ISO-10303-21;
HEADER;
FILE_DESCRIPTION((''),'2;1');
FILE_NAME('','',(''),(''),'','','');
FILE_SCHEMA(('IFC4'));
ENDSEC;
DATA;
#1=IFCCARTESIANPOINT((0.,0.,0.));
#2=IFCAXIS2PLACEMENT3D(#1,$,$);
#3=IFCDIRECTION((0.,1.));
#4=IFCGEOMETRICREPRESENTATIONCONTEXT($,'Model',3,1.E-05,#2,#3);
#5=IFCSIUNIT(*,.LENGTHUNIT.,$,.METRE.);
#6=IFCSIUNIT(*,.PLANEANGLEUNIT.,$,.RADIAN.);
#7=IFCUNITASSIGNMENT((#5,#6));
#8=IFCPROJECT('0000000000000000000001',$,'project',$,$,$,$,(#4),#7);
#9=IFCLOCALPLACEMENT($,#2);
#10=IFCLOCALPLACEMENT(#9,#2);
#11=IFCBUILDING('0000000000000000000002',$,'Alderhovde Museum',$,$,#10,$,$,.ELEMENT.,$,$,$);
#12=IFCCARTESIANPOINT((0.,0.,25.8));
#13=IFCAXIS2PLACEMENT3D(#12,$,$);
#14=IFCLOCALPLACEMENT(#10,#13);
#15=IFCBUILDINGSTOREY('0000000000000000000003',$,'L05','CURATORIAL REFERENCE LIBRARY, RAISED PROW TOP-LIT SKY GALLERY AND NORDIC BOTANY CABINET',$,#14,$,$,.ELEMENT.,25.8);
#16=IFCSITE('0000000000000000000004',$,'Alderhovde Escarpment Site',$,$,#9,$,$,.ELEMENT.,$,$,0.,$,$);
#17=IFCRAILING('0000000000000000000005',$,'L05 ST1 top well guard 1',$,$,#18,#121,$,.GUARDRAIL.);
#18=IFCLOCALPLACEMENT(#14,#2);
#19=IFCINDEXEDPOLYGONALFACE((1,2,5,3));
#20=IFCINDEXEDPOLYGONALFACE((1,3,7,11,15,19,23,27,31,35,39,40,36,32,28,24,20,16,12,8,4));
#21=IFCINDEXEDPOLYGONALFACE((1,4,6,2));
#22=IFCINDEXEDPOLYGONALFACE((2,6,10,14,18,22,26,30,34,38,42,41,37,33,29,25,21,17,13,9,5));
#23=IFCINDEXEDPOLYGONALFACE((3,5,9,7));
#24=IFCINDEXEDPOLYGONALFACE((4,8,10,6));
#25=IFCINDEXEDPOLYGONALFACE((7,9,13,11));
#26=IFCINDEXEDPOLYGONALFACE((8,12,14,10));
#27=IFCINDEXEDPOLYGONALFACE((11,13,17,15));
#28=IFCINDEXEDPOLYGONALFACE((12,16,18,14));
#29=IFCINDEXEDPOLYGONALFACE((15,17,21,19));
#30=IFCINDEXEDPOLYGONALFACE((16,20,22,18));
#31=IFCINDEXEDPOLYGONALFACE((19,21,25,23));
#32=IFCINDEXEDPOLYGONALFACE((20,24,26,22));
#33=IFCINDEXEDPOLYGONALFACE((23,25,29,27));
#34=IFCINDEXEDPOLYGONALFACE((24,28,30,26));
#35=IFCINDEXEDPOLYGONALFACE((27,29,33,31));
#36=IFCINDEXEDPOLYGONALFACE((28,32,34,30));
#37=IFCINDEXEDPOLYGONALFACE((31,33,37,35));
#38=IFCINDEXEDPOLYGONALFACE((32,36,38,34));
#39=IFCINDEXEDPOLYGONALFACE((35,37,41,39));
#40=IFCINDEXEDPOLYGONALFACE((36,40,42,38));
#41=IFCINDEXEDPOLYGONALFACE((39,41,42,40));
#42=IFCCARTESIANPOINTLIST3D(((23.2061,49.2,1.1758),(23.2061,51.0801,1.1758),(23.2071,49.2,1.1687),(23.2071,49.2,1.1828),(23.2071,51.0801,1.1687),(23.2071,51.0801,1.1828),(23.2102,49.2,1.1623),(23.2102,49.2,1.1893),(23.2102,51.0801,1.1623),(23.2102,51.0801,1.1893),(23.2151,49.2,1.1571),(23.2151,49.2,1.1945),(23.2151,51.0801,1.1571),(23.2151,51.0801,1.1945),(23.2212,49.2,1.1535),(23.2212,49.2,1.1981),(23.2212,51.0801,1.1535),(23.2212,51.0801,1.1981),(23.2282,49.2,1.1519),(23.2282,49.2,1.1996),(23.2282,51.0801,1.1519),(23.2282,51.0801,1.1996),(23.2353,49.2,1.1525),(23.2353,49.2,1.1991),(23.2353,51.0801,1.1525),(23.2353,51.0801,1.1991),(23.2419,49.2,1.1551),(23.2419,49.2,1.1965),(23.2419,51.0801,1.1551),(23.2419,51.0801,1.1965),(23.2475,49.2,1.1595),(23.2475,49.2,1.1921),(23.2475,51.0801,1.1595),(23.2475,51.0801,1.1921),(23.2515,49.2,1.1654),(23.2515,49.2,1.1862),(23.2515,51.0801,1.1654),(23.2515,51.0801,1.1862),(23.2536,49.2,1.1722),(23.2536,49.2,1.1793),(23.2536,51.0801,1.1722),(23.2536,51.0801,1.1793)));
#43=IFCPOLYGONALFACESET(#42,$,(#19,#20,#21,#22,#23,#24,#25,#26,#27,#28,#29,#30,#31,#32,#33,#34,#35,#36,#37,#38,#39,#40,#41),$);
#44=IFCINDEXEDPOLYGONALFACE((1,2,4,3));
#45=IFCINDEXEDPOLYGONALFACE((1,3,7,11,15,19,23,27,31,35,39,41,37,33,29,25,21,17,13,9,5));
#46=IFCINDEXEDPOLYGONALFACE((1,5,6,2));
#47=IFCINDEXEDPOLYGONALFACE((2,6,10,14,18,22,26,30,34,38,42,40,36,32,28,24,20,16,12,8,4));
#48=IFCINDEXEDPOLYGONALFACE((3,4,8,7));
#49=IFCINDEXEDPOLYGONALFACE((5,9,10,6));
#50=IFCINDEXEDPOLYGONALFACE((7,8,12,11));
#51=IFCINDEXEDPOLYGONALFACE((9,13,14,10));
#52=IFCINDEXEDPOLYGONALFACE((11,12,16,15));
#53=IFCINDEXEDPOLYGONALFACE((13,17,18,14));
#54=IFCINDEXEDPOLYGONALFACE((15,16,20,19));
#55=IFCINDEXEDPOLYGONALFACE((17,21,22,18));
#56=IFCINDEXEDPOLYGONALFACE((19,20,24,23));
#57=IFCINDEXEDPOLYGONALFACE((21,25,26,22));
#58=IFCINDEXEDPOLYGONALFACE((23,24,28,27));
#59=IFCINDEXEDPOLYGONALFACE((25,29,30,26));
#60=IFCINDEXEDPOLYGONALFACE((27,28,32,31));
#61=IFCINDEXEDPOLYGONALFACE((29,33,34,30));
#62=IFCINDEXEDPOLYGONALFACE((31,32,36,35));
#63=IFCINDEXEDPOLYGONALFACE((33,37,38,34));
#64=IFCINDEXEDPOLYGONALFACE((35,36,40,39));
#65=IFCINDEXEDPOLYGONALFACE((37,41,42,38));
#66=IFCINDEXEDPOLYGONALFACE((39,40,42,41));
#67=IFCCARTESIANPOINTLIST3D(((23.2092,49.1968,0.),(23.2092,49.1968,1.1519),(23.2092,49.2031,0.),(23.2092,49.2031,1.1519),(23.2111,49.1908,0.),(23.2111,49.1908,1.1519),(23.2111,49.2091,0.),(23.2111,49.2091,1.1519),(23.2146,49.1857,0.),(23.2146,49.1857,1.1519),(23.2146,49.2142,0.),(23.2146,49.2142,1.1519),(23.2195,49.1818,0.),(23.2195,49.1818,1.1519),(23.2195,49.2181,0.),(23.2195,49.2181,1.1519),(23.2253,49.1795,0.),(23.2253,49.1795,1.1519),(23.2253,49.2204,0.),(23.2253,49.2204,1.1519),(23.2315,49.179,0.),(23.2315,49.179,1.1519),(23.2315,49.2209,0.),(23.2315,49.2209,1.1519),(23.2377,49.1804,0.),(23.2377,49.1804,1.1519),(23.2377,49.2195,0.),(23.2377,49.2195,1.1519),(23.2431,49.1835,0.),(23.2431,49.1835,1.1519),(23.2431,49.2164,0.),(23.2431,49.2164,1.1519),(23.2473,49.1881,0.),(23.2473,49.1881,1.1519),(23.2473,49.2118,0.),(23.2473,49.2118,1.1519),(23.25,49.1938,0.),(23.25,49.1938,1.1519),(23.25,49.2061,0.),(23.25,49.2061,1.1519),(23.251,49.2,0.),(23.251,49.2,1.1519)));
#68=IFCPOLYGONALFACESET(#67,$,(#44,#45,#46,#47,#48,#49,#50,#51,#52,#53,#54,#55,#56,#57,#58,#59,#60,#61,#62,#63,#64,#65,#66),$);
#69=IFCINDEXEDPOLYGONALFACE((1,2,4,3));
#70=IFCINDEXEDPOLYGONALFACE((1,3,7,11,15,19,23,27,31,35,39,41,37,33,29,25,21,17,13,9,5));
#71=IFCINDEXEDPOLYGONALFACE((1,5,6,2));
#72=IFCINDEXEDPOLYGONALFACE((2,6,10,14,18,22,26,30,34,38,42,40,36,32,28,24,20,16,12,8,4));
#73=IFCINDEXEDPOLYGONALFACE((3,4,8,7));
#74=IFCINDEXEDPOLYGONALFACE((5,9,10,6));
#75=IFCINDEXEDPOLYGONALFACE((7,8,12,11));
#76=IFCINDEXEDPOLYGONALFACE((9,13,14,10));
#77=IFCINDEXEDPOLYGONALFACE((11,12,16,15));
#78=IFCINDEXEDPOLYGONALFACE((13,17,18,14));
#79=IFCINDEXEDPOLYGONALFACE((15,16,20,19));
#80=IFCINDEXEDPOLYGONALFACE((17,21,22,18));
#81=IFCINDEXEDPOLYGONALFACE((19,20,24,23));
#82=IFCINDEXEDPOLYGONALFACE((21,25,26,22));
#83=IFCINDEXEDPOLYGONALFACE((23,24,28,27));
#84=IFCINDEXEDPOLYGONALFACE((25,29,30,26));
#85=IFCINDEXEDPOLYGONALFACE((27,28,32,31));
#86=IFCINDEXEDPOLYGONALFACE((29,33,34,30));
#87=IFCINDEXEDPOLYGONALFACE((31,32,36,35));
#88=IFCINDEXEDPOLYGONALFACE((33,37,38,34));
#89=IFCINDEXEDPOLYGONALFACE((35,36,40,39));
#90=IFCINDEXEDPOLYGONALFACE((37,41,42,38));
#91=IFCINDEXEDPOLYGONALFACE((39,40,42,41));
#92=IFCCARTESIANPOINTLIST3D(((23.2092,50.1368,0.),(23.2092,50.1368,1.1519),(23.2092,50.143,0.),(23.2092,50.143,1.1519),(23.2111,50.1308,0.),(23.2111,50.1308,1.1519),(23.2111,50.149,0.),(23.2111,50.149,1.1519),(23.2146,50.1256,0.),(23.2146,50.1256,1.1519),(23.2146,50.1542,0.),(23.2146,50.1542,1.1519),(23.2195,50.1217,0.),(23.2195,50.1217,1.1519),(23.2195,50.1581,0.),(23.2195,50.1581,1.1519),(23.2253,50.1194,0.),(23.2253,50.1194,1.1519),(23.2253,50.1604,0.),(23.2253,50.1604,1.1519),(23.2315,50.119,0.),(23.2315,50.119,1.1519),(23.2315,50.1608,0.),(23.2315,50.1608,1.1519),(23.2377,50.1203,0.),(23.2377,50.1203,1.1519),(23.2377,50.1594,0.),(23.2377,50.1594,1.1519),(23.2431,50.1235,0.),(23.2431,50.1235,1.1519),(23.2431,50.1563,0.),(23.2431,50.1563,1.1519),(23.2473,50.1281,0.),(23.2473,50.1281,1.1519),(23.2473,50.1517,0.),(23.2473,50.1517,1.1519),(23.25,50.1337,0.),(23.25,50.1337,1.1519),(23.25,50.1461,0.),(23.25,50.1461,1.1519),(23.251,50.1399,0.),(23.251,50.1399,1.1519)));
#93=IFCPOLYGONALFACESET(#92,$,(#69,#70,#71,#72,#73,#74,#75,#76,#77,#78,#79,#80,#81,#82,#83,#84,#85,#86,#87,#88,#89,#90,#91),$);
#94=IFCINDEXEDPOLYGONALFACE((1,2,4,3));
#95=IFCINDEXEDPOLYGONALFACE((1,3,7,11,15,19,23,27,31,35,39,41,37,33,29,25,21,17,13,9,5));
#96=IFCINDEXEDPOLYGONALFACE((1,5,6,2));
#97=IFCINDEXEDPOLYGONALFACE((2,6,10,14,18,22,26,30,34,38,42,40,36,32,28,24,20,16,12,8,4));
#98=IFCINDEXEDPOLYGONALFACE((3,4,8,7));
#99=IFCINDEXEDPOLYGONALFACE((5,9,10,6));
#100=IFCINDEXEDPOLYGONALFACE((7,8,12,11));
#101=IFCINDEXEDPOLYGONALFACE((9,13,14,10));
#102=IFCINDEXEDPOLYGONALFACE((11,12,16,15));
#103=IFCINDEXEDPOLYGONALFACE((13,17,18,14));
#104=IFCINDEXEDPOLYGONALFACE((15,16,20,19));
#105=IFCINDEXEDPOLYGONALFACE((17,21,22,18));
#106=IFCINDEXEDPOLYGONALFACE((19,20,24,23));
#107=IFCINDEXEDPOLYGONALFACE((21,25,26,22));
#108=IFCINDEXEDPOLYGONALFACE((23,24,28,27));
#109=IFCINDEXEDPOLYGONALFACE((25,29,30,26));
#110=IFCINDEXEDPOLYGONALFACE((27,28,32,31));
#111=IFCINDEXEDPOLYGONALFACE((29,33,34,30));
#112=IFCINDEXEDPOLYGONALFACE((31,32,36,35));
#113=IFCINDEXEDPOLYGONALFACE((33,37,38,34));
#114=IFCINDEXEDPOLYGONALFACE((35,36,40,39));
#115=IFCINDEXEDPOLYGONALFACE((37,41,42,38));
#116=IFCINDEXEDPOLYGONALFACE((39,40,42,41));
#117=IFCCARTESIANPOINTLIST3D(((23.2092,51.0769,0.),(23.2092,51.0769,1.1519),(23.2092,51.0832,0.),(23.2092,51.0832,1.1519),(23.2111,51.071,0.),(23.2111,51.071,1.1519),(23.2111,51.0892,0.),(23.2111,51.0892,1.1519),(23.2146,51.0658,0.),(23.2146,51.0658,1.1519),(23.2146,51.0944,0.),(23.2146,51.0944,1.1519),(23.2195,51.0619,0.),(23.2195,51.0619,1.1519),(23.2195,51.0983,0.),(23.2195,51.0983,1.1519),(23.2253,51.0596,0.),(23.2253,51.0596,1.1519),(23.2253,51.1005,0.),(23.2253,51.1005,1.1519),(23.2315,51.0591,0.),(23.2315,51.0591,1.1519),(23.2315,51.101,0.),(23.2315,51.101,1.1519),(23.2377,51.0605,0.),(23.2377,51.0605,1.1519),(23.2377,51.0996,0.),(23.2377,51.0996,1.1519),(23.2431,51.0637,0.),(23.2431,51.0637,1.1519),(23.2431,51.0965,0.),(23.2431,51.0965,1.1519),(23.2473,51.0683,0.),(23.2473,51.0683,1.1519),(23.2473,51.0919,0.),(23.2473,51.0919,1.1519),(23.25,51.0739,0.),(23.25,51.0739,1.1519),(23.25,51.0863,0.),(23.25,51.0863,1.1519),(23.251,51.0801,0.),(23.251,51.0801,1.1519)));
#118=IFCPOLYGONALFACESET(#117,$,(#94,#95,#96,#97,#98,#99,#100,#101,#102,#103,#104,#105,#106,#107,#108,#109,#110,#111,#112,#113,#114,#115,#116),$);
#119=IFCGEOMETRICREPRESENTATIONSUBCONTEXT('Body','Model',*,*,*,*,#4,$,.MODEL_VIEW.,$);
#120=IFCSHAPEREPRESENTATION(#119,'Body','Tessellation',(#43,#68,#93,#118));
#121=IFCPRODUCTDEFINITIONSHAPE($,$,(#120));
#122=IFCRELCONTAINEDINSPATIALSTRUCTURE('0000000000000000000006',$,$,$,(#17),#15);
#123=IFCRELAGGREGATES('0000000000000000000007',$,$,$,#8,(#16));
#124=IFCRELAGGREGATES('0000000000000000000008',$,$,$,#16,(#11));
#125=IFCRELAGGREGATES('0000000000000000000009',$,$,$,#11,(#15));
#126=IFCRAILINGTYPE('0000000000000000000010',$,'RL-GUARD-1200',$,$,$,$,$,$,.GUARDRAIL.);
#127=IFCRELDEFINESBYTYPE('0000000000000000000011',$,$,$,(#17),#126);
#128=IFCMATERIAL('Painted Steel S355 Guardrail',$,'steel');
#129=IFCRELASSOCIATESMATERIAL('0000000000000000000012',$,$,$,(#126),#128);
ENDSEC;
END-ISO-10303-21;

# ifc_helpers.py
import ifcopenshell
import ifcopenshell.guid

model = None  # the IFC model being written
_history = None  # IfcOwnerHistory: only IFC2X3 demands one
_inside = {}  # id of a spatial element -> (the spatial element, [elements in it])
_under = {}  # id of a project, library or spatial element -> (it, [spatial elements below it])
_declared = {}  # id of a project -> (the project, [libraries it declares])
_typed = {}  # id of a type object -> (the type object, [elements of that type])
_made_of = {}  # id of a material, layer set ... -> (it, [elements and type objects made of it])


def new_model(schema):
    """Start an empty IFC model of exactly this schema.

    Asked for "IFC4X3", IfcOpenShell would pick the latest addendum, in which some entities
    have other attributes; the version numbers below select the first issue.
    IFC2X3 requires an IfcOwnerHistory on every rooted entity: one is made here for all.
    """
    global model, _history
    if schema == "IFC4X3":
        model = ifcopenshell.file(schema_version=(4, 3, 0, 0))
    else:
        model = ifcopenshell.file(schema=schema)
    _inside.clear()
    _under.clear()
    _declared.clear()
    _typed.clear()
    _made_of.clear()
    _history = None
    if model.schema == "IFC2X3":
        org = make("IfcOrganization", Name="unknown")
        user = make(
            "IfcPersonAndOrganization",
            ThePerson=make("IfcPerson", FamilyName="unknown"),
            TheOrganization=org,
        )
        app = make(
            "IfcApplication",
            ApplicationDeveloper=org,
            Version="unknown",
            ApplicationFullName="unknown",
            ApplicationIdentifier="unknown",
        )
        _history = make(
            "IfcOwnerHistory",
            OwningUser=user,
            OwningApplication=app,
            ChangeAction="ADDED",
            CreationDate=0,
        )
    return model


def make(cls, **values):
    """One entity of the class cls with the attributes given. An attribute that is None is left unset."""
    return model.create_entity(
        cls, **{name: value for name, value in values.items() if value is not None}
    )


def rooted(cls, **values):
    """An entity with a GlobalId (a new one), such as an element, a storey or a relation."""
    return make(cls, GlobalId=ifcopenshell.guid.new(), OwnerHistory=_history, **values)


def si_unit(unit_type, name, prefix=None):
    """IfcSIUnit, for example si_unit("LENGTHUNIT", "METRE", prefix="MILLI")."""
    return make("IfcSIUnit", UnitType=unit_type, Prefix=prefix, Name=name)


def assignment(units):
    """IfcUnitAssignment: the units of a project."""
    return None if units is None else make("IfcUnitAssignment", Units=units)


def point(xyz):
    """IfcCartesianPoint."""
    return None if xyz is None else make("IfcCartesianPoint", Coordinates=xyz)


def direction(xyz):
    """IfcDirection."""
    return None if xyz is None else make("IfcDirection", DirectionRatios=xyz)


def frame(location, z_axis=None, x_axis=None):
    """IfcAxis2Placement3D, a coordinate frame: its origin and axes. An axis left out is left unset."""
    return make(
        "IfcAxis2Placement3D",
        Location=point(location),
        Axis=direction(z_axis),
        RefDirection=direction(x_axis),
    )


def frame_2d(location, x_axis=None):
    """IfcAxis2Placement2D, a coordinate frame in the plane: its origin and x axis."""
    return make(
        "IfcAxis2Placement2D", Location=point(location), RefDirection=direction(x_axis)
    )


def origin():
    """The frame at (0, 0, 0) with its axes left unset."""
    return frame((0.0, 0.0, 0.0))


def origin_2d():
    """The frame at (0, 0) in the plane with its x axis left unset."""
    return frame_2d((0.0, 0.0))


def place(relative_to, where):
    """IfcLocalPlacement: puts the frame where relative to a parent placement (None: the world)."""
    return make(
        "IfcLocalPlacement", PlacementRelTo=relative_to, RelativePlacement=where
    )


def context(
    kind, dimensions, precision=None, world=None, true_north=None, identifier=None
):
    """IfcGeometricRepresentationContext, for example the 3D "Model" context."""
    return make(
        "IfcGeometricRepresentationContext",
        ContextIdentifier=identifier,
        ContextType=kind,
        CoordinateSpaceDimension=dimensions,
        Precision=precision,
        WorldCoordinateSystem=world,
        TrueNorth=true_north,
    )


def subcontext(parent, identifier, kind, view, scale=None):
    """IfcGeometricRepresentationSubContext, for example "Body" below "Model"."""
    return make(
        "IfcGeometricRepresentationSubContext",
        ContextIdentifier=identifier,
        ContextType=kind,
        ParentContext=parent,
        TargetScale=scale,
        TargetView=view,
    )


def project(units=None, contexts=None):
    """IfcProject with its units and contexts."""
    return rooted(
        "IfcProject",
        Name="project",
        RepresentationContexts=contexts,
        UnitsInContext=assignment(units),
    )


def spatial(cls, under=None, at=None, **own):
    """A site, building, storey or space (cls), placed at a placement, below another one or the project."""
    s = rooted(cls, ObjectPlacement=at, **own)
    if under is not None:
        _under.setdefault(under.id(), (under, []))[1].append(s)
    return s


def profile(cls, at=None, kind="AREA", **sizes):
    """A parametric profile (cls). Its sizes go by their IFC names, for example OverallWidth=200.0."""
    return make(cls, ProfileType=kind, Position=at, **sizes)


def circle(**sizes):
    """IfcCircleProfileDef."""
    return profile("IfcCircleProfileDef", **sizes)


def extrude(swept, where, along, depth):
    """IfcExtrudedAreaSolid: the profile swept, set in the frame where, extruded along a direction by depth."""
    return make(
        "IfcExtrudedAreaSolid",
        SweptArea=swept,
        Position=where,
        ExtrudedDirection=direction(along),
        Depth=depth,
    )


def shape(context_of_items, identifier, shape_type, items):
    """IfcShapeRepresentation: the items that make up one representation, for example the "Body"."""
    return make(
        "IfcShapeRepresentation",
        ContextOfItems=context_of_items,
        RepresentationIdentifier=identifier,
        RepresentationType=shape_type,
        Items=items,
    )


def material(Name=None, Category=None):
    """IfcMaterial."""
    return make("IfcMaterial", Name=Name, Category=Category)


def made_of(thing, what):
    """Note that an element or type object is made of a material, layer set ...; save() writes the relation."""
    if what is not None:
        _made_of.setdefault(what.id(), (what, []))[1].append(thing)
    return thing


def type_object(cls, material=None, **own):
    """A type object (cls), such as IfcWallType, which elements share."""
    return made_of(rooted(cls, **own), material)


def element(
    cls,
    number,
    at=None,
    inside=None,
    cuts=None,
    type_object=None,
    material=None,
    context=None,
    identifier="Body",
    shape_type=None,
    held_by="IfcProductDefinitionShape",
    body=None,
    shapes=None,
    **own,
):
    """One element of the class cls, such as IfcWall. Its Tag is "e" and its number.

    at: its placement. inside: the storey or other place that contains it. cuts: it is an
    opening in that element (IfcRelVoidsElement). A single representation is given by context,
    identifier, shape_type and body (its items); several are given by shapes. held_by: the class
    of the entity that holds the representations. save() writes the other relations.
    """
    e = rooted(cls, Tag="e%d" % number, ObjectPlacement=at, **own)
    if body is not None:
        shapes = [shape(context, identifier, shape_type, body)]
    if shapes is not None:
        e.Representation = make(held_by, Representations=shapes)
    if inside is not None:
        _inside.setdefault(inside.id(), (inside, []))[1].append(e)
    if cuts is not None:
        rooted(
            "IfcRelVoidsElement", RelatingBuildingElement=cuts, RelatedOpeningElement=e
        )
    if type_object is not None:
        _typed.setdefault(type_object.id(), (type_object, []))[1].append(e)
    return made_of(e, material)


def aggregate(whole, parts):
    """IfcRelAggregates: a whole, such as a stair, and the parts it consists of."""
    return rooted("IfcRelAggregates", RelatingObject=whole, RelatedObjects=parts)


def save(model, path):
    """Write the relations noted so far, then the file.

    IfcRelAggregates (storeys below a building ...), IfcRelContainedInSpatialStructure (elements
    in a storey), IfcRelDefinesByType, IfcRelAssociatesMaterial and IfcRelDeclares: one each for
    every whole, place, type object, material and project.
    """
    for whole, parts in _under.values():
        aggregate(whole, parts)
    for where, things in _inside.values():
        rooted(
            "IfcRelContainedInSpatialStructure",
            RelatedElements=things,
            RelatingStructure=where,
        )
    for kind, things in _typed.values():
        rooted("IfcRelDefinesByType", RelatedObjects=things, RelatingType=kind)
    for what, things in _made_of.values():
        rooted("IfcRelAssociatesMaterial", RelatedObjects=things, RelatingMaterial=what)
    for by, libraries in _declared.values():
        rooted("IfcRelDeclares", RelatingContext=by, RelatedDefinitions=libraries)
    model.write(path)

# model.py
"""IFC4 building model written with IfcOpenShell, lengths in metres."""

from ifc_helpers import new_model, si_unit, direction, frame, origin, origin_2d, place, context, subcontext, project, spatial, circle, extrude, material, type_object, element, save


model = new_model("IFC4")

# Units and contexts
model_context = context("Model", 3, precision=1e-05, world=origin(), true_north=direction((0.0, 1.0)))
body_context = subcontext(model_context, "Body", "Model", "MODEL_VIEW")
ifc_project = project(units=[si_unit("LENGTHUNIT", "METRE"), si_unit("PLANEANGLEUNIT", "RADIAN")], contexts=[model_context])

# Site, building, storey
site_placement = place(None, origin())
site = spatial("IfcSite", under=ifc_project, at=site_placement, Name="Alderhovde Escarpment Site", CompositionType="ELEMENT", RefElevation=0.0)
building_placement = place(site_placement, origin())
building = spatial("IfcBuilding", under=site, at=building_placement, Name="Alderhovde Museum", CompositionType="ELEMENT")
storey_placement = place(building_placement, frame((0.0, 0.0, 25.8)))
storey = spatial("IfcBuildingStorey", under=building, at=storey_placement, Name="L05", Description="CURATORIAL REFERENCE LIBRARY, RAISED PROW TOP-LIT SKY GALLERY AND NORDIC BOTANY CABINET", CompositionType="ELEMENT", Elevation=25.8)

# Railing
ifc_material_1 = material(Name="Painted Steel S355 Guardrail", Category="steel")
railing_type = type_object("IfcRailingType", Name="RL-GUARD-1200", PredefinedType="GUARDRAIL", material=ifc_material_1)
railing_placement = place(storey_placement, frame((23.23, 49.2, 0.0)))
element("IfcRailing", 1, at=railing_placement, inside=storey, type_object=railing_type, Name="L05 ST1 top well guard 1", PredefinedType="GUARDRAIL", context=body_context, shape_type="SweptSolid", body=[
    extrude(circle(Radius=0.0239, at=origin_2d()), frame((0.0, 0.0, 1.1758), z_axis=(0.0, 1.0, 0.0), x_axis=(-1.0, 0.0, 0.0)), (0.0, 0.0, 1.0), 1.8801),
    extrude(circle(Radius=0.021, at=origin_2d()), origin(), (0.0, 0.0, 1.0), 1.1519),
    extrude(circle(Radius=0.021, at=origin_2d()), frame((0.0, 0.9399, 0.0)), (0.0, 0.0, 1.0), 1.1519),
    extrude(circle(Radius=0.021, at=origin_2d()), frame((0.0, 1.8801, 0.0)), (0.0, 0.0, 1.0), 1.1519),
])

save(model, "model.ifc")
